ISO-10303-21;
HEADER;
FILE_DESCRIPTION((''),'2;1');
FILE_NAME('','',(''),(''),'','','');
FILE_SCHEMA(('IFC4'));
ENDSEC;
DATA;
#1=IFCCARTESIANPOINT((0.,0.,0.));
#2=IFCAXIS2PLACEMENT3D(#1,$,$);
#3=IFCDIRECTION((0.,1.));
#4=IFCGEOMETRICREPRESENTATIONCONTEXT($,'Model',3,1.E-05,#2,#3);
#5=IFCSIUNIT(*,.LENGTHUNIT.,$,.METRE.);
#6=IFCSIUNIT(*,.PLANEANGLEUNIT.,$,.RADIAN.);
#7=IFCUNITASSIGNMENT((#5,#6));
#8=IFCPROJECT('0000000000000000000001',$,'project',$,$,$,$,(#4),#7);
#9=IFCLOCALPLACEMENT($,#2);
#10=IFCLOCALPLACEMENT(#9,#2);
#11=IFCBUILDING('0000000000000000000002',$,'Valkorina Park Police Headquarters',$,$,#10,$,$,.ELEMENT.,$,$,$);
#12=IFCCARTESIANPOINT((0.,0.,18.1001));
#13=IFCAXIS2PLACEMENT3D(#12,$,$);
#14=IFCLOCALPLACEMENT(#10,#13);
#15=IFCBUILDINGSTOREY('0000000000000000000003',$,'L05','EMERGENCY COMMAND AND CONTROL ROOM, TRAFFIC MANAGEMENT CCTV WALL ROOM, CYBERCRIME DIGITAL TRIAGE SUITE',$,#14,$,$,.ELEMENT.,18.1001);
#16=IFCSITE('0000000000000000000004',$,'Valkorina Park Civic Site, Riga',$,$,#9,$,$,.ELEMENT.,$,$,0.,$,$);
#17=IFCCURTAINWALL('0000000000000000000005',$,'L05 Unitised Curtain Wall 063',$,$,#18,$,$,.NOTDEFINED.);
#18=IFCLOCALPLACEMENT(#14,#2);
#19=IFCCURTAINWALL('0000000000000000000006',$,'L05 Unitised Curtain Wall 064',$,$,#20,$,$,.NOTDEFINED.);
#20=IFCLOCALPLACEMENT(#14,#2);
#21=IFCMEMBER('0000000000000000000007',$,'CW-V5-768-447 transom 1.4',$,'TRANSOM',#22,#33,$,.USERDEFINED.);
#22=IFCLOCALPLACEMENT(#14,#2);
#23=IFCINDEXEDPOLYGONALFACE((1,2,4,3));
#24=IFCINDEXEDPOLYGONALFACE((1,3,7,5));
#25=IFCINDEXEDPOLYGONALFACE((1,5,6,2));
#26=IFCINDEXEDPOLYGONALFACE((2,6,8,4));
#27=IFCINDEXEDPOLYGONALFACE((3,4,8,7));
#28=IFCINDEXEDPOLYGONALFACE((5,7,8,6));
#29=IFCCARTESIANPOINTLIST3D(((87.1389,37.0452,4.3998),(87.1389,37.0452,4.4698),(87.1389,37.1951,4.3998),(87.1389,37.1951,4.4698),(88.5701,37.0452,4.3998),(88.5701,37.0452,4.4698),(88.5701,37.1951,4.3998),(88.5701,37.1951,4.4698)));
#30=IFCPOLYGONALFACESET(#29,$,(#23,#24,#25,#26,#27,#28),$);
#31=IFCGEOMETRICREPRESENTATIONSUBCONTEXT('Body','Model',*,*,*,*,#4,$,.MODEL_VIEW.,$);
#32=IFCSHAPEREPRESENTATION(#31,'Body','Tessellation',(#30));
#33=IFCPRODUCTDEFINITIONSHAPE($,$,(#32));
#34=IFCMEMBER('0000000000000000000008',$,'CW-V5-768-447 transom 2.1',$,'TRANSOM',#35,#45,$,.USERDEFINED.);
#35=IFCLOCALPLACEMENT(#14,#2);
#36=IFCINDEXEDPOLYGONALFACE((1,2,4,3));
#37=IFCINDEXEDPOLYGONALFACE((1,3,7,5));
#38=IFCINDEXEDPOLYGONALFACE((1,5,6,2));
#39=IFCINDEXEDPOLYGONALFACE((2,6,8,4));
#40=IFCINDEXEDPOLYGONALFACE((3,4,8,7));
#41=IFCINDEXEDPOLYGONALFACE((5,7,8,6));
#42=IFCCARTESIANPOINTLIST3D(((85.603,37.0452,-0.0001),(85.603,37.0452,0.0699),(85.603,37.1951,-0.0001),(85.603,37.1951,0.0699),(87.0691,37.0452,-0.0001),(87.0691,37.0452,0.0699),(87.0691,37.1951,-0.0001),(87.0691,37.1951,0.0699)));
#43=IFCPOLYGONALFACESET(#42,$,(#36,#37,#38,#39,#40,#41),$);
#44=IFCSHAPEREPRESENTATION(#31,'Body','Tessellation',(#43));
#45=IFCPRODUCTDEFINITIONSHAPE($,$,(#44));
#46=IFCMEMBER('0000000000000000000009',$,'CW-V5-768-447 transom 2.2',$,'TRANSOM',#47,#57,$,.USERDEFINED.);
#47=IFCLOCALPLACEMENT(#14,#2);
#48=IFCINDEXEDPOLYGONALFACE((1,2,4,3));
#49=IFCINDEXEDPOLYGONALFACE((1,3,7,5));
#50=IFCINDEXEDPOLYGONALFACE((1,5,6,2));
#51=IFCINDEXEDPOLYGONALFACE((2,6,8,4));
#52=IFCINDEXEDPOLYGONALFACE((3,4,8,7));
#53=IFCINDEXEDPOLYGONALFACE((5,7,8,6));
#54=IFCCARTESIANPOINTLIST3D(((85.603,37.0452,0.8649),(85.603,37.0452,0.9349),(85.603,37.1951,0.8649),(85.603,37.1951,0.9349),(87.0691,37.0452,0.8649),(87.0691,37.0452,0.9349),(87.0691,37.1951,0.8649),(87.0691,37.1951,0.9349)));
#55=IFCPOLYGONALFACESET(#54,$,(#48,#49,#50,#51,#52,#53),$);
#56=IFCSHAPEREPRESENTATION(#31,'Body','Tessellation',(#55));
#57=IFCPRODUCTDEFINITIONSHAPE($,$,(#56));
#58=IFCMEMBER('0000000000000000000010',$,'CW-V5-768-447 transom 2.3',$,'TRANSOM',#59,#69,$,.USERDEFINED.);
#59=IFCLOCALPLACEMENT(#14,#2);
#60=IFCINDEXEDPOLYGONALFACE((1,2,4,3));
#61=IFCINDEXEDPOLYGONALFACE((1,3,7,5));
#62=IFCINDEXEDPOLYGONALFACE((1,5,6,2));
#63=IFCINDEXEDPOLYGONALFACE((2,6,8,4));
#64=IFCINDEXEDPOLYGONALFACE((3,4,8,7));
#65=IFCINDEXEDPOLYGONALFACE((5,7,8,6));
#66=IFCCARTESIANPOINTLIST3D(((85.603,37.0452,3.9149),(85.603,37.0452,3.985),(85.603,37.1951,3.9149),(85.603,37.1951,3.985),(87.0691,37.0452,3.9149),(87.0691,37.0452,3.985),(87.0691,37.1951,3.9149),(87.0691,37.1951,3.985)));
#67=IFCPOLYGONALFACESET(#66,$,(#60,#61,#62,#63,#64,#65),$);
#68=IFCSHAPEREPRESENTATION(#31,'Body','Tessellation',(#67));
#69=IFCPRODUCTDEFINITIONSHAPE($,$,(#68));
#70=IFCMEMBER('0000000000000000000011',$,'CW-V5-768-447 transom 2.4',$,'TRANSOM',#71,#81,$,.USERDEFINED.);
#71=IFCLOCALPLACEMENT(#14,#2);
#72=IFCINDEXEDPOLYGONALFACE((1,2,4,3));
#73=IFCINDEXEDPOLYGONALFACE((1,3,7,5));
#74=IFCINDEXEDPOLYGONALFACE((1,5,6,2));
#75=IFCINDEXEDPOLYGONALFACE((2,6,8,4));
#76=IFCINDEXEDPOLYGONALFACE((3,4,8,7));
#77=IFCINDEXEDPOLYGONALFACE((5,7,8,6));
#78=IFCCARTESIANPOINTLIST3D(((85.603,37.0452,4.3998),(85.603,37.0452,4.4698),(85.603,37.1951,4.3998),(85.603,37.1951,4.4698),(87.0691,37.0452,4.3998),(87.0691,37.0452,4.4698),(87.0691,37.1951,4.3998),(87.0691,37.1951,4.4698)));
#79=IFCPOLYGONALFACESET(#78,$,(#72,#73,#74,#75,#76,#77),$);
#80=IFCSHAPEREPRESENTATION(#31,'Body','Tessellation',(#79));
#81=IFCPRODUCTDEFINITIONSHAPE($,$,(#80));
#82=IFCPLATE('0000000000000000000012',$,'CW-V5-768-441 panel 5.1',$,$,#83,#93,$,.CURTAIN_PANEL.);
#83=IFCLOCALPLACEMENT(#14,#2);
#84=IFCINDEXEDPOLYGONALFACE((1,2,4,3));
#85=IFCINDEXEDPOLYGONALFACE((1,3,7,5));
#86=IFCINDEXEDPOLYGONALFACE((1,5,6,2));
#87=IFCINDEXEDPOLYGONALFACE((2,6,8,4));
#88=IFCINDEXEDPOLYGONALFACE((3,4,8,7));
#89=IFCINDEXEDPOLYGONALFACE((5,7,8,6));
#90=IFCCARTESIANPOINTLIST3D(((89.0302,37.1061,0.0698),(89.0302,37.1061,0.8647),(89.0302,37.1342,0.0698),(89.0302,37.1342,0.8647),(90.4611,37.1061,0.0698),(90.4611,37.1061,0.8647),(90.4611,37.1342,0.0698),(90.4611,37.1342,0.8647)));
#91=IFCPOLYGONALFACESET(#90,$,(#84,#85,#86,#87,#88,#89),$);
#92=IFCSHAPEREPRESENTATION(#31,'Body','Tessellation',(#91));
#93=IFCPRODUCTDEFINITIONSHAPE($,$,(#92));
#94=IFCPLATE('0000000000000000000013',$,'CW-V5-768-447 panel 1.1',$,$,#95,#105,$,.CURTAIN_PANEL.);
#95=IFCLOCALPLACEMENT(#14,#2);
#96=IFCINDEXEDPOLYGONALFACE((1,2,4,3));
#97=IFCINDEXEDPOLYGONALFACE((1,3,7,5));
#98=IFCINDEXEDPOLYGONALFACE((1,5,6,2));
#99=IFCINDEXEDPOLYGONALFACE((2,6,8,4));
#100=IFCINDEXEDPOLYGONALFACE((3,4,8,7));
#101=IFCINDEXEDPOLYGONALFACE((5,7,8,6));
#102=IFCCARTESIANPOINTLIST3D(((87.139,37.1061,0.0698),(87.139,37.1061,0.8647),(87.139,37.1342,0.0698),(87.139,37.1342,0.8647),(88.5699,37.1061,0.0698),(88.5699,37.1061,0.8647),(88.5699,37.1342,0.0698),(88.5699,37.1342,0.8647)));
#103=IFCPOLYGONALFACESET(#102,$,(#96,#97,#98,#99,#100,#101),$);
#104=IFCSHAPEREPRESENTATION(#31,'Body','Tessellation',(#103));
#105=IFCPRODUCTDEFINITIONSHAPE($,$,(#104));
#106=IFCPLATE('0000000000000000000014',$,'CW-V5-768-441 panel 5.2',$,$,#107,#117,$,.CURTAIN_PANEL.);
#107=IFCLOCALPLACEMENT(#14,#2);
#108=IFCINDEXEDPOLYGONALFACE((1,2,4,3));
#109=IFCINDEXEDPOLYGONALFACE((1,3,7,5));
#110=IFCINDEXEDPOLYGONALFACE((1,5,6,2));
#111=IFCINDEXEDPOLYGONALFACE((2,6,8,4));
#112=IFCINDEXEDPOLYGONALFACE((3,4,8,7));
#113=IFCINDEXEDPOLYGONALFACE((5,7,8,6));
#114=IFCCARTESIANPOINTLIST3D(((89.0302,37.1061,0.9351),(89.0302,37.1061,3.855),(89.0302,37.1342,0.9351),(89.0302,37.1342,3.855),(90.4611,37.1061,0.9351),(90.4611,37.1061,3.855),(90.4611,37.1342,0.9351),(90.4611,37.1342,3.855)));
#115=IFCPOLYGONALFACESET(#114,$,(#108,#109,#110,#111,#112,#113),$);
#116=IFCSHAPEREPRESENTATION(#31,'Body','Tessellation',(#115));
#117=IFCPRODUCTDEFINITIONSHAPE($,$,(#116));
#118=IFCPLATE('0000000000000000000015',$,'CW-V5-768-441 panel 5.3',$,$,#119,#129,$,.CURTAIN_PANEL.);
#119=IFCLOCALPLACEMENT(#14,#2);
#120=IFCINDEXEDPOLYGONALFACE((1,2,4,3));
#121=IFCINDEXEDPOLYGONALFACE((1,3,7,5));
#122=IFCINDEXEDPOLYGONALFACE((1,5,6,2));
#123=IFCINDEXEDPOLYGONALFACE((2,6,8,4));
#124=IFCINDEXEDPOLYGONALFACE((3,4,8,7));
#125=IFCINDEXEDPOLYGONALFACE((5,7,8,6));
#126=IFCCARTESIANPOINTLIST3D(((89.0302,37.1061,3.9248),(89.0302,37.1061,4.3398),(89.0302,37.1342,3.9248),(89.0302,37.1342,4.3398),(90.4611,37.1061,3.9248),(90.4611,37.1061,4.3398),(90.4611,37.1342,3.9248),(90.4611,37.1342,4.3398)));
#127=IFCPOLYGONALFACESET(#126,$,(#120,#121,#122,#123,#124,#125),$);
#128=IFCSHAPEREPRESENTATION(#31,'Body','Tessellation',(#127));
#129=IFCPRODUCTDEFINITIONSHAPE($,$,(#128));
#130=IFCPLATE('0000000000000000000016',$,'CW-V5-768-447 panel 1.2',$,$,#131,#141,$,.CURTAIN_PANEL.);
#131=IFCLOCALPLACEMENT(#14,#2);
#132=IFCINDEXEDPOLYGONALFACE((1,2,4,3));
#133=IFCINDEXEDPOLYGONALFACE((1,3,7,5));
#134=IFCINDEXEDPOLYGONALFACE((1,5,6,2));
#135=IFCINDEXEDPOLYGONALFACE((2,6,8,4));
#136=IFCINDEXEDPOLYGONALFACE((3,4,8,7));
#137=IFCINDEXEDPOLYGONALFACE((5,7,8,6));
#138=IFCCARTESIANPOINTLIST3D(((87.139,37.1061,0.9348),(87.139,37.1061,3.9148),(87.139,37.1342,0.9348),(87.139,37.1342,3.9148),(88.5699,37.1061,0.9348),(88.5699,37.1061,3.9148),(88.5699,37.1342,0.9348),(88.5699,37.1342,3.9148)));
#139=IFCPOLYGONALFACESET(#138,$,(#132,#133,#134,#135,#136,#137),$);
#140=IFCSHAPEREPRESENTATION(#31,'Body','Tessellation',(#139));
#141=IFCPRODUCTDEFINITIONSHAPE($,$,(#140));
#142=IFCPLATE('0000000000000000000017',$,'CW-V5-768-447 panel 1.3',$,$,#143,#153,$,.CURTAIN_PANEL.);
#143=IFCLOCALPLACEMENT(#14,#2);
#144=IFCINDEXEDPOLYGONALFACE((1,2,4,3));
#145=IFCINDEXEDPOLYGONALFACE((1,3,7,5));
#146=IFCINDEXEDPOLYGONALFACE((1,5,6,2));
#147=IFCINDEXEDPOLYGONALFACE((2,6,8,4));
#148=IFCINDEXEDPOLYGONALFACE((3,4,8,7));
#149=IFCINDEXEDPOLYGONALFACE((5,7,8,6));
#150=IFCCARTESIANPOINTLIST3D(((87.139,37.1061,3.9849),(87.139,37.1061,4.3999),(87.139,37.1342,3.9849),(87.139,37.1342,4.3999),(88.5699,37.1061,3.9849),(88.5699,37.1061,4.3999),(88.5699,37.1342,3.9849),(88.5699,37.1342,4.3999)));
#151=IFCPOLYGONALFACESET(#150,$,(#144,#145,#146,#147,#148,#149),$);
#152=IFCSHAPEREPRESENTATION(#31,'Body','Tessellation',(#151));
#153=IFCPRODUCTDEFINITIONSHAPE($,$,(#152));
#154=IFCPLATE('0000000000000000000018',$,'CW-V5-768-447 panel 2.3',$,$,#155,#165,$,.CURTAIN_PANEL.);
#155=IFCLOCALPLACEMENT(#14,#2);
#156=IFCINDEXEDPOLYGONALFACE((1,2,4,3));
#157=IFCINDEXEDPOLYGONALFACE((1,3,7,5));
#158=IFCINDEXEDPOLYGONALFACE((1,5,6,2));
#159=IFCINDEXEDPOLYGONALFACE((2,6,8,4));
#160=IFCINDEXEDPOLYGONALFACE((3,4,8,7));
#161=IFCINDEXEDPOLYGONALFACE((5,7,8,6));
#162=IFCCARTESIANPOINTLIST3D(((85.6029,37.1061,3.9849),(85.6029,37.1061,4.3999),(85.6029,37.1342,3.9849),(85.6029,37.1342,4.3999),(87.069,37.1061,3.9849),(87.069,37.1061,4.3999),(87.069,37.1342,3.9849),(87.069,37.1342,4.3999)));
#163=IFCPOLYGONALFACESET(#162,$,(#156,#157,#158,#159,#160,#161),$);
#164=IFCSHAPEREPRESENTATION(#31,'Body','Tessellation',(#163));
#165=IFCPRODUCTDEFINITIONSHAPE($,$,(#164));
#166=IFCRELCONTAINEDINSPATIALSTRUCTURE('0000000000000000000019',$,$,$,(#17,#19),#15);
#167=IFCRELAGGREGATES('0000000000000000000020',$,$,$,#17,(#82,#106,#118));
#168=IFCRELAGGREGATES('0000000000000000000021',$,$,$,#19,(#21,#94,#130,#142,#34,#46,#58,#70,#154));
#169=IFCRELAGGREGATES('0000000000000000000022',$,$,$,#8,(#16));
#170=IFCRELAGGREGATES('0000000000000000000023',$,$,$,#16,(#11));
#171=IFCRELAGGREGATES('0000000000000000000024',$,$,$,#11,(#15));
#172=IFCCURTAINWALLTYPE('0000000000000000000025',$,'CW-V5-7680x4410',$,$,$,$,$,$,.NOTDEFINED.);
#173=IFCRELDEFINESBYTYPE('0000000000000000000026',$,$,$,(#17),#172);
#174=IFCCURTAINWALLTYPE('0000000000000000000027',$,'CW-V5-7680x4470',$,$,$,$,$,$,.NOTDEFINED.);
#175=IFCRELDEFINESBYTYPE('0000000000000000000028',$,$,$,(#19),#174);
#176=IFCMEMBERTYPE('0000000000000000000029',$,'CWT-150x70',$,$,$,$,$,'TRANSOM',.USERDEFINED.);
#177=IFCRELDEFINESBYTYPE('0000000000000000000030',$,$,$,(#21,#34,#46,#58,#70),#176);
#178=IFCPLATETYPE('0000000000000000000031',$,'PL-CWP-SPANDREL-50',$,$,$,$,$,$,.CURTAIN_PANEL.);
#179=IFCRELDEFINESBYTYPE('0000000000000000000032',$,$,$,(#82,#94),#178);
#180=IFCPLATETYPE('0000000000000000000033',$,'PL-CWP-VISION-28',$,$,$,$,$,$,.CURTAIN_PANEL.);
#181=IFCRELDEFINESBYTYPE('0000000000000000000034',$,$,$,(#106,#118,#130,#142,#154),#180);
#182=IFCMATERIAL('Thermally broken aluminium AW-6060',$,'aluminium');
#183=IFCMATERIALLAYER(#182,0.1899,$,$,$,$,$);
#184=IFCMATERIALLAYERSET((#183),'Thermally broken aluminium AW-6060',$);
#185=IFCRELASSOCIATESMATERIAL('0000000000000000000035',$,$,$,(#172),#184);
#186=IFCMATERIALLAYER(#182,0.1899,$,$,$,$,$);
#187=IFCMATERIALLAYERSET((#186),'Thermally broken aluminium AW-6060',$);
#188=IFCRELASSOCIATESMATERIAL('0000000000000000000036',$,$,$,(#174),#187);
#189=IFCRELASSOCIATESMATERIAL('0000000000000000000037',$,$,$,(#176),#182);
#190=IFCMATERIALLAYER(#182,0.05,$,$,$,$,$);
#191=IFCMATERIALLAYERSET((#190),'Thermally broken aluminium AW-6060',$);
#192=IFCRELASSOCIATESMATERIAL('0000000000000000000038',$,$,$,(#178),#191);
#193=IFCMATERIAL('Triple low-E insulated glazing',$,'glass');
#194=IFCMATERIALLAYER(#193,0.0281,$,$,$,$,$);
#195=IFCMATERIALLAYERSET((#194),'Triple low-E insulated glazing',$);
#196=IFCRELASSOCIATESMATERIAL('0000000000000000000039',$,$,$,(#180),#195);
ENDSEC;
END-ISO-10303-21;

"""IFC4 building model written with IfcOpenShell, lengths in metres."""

from ifc_helpers import new_model, si_unit, direction, frame, origin, origin_2d, place, context, subcontext, project, spatial, rectangle, extrude, material, layer, layer_set, material_profile, profile_set, type_object, element, aggregate, save


model = new_model("IFC4")

# Units and contexts
model_context = context("Model", 3, precision=1e-05, world=origin(), true_north=direction((0.0, 1.0)))
body_context = subcontext(model_context, "Body", "Model", "MODEL_VIEW")
ifc_project = project(units=[si_unit("LENGTHUNIT", "METRE"), si_unit("PLANEANGLEUNIT", "RADIAN")], contexts=[model_context])

# Site, building, storey
site_placement = place(None, origin())
site = spatial("IfcSite", under=ifc_project, at=site_placement, Name="Valkorina Park Civic Site, Riga", CompositionType="ELEMENT", RefElevation=0.0)
building_placement = place(site_placement, origin())
building = spatial("IfcBuilding", under=site, at=building_placement, Name="Valkorina Park Police Headquarters", CompositionType="ELEMENT")
storey_placement = place(building_placement, frame((0.0, 0.0, 18.1001)))
storey = spatial("IfcBuildingStorey", under=building, at=storey_placement, Name="L05", Description="EMERGENCY COMMAND AND CONTROL ROOM, TRAFFIC MANAGEMENT CCTV WALL ROOM, CYBERCRIME DIGITAL TRIAGE SUITE", CompositionType="ELEMENT", Elevation=18.1001)

# Curtain walls
ifc_material_1 = material(Name="Thermally broken aluminium AW-6060", Category="aluminium")
ifc_layer_1 = layer(ifc_material_1, 0.1899)
ifc_layer_set_1 = layer_set([ifc_layer_1], Name="Thermally broken aluminium AW-6060")
curtain_wall_type_1 = type_object("IfcCurtainWallType", Name="CW-V5-7680x4410", PredefinedType="NOTDEFINED", material=ifc_layer_set_1)
curtain_wall_1_placement = place(storey_placement, origin())
curtain_wall_1 = element("IfcCurtainWall", 1, at=curtain_wall_1_placement, inside=storey, type_object=curtain_wall_type_1, Name="L05 Unitised Curtain Wall 063", PredefinedType="NOTDEFINED")
ifc_layer_2 = layer(ifc_material_1, 0.1899)
ifc_layer_set_2 = layer_set([ifc_layer_2], Name="Thermally broken aluminium AW-6060")
curtain_wall_type_2 = type_object("IfcCurtainWallType", Name="CW-V5-7680x4470", PredefinedType="NOTDEFINED", material=ifc_layer_set_2)
curtain_wall_2_placement = place(storey_placement, origin())
curtain_wall_2 = element("IfcCurtainWall", 2, at=curtain_wall_2_placement, inside=storey, type_object=curtain_wall_type_2, Name="L05 Unitised Curtain Wall 064", PredefinedType="NOTDEFINED")

# Members
ifc_material_profile_1 = material_profile(ifc_material_1, rectangle(XDim=0.1499, YDim=0.0701, at=origin_2d()), Name="CWT-02 150x70")
ifc_profile_set_1 = profile_set([ifc_material_profile_1], Name="Thermally broken aluminium AW-6060")
member_type_1 = type_object("IfcMemberType", Name="CWT-150x70", ElementType="TRANSOM", PredefinedType="USERDEFINED", material=ifc_profile_set_1)
member_1_placement = place(storey_placement, frame((88.5701, 37.1201, 4.4348), z_axis=(-1.0, 0.0, 0.0), x_axis=(0.0, -1.0, 0.0)))
member_1 = element("IfcMember", 3, at=member_1_placement, type_object=member_type_1, Name="CW-V5-768-447 transom 1.4", ObjectType="TRANSOM", PredefinedType="USERDEFINED", context=body_context, shape_type="SweptSolid", body=[
    extrude(rectangle(XDim=0.1499, YDim=0.0701, at=origin_2d()), origin(), (0.0, 0.0, 1.0), 1.4312),
])
member_2_placement = place(storey_placement, frame((87.0691, 37.1201, 0.0349), z_axis=(-1.0, 0.0, 0.0), x_axis=(0.0, -1.0, 0.0)))
member_2 = element("IfcMember", 4, at=member_2_placement, type_object=member_type_1, Name="CW-V5-768-447 transom 2.1", ObjectType="TRANSOM", PredefinedType="USERDEFINED", context=body_context, shape_type="SweptSolid", body=[
    extrude(rectangle(XDim=0.1499, YDim=0.0701, at=origin_2d()), origin(), (0.0, 0.0, 1.0), 1.4661),
])
member_3_placement = place(storey_placement, frame((87.0691, 37.1201, 0.8999), z_axis=(-1.0, 0.0, 0.0), x_axis=(0.0, -1.0, 0.0)))
member_3 = element("IfcMember", 5, at=member_3_placement, type_object=member_type_1, Name="CW-V5-768-447 transom 2.2", ObjectType="TRANSOM", PredefinedType="USERDEFINED", context=body_context, shape_type="SweptSolid", body=[
    extrude(rectangle(XDim=0.1499, YDim=0.0701, at=origin_2d()), origin(), (0.0, 0.0, 1.0), 1.4661),
])
member_4_placement = place(storey_placement, frame((87.0691, 37.1201, 3.95), z_axis=(-1.0, 0.0, 0.0), x_axis=(0.0, -1.0, 0.0)))
member_4 = element("IfcMember", 6, at=member_4_placement, type_object=member_type_1, Name="CW-V5-768-447 transom 2.3", ObjectType="TRANSOM", PredefinedType="USERDEFINED", context=body_context, shape_type="SweptSolid", body=[
    extrude(rectangle(XDim=0.1499, YDim=0.0701, at=origin_2d()), origin(), (0.0, 0.0, 1.0), 1.4661),
])
member_5_placement = place(storey_placement, frame((87.0691, 37.1201, 4.4348), z_axis=(-1.0, 0.0, 0.0), x_axis=(0.0, -1.0, 0.0)))
member_5 = element("IfcMember", 7, at=member_5_placement, type_object=member_type_1, Name="CW-V5-768-447 transom 2.4", ObjectType="TRANSOM", PredefinedType="USERDEFINED", context=body_context, shape_type="SweptSolid", body=[
    extrude(rectangle(XDim=0.1499, YDim=0.0701, at=origin_2d()), origin(), (0.0, 0.0, 1.0), 1.4661),
])

# Plates
ifc_layer_3 = layer(ifc_material_1, 0.05)
ifc_layer_set_3 = layer_set([ifc_layer_3], Name="Thermally broken aluminium AW-6060")
plate_type_1 = type_object("IfcPlateType", Name="PL-CWP-SPANDREL-50", PredefinedType="CURTAIN_PANEL", material=ifc_layer_set_3)
plate_1_placement = place(storey_placement, frame((89.7456, 37.1201, 0.0698), z_axis=(0.0, 0.0, 1.0), x_axis=(-1.0, 0.0, 0.0)))
plate_1 = element("IfcPlate", 8, at=plate_1_placement, type_object=plate_type_1, Name="CW-V5-768-441 panel 5.1", PredefinedType="CURTAIN_PANEL", context=body_context, shape_type="SweptSolid", body=[
    extrude(rectangle(XDim=1.4309, YDim=0.0281, at=origin_2d()), origin(), (0.0, 0.0, 1.0), 0.7949),
])
plate_2_placement = place(storey_placement, frame((87.8545, 37.1201, 0.0698), z_axis=(0.0, 0.0, 1.0), x_axis=(-1.0, 0.0, 0.0)))
plate_2 = element("IfcPlate", 9, at=plate_2_placement, type_object=plate_type_1, Name="CW-V5-768-447 panel 1.1", PredefinedType="CURTAIN_PANEL", context=body_context, shape_type="SweptSolid", body=[
    extrude(rectangle(XDim=1.4309, YDim=0.0281, at=origin_2d()), origin(), (0.0, 0.0, 1.0), 0.7949),
])
ifc_material_2 = material(Name="Triple low-E insulated glazing", Category="glass")
ifc_layer_4 = layer(ifc_material_2, 0.0281)
ifc_layer_set_4 = layer_set([ifc_layer_4], Name="Triple low-E insulated glazing")
plate_type_2 = type_object("IfcPlateType", Name="PL-CWP-VISION-28", PredefinedType="CURTAIN_PANEL", material=ifc_layer_set_4)
plate_3_placement = place(storey_placement, frame((89.7456, 37.1201, 0.9351), z_axis=(0.0, 0.0, 1.0), x_axis=(-1.0, 0.0, 0.0)))
plate_3 = element("IfcPlate", 10, at=plate_3_placement, type_object=plate_type_2, Name="CW-V5-768-441 panel 5.2", PredefinedType="CURTAIN_PANEL", context=body_context, shape_type="SweptSolid", body=[
    extrude(rectangle(XDim=1.4309, YDim=0.0281, at=origin_2d()), origin(), (0.0, 0.0, 1.0), 2.9199),
])
plate_4_placement = place(storey_placement, frame((89.7456, 37.1201, 3.9248), z_axis=(0.0, 0.0, 1.0), x_axis=(-1.0, 0.0, 0.0)))
plate_4 = element("IfcPlate", 11, at=plate_4_placement, type_object=plate_type_2, Name="CW-V5-768-441 panel 5.3", PredefinedType="CURTAIN_PANEL", context=body_context, shape_type="SweptSolid", body=[
    extrude(rectangle(XDim=1.4309, YDim=0.0281, at=origin_2d()), origin(), (0.0, 0.0, 1.0), 0.415),
])
aggregate(curtain_wall_1, [plate_1, plate_3, plate_4])
plate_5_placement = place(storey_placement, frame((87.8545, 37.1201, 0.9348), z_axis=(0.0, 0.0, 1.0), x_axis=(-1.0, 0.0, 0.0)))
plate_5 = element("IfcPlate", 12, at=plate_5_placement, type_object=plate_type_2, Name="CW-V5-768-447 panel 1.2", PredefinedType="CURTAIN_PANEL", context=body_context, shape_type="SweptSolid", body=[
    extrude(rectangle(XDim=1.4309, YDim=0.0281, at=origin_2d()), origin(), (0.0, 0.0, 1.0), 2.98),
])
plate_6_placement = place(storey_placement, frame((87.8545, 37.1201, 3.9849), z_axis=(0.0, 0.0, 1.0), x_axis=(-1.0, 0.0, 0.0)))
plate_6 = element("IfcPlate", 13, at=plate_6_placement, type_object=plate_type_2, Name="CW-V5-768-447 panel 1.3", PredefinedType="CURTAIN_PANEL", context=body_context, shape_type="SweptSolid", body=[
    extrude(rectangle(XDim=1.4309, YDim=0.0281, at=origin_2d()), origin(), (0.0, 0.0, 1.0), 0.415),
])
plate_7_placement = place(storey_placement, frame((86.3359, 37.1201, 3.9849), z_axis=(0.0, 0.0, 1.0), x_axis=(-1.0, 0.0, 0.0)))
plate_7 = element("IfcPlate", 14, at=plate_7_placement, type_object=plate_type_2, Name="CW-V5-768-447 panel 2.3", PredefinedType="CURTAIN_PANEL", context=body_context, shape_type="SweptSolid", body=[
    extrude(rectangle(XDim=1.4661, YDim=0.0281, at=origin_2d()), origin(), (0.0, 0.0, 1.0), 0.415),
])
aggregate(curtain_wall_2, [member_1, plate_2, plate_5, plate_6, member_2, member_3, member_4, member_5, plate_7])

save(model, "model.ifc")
